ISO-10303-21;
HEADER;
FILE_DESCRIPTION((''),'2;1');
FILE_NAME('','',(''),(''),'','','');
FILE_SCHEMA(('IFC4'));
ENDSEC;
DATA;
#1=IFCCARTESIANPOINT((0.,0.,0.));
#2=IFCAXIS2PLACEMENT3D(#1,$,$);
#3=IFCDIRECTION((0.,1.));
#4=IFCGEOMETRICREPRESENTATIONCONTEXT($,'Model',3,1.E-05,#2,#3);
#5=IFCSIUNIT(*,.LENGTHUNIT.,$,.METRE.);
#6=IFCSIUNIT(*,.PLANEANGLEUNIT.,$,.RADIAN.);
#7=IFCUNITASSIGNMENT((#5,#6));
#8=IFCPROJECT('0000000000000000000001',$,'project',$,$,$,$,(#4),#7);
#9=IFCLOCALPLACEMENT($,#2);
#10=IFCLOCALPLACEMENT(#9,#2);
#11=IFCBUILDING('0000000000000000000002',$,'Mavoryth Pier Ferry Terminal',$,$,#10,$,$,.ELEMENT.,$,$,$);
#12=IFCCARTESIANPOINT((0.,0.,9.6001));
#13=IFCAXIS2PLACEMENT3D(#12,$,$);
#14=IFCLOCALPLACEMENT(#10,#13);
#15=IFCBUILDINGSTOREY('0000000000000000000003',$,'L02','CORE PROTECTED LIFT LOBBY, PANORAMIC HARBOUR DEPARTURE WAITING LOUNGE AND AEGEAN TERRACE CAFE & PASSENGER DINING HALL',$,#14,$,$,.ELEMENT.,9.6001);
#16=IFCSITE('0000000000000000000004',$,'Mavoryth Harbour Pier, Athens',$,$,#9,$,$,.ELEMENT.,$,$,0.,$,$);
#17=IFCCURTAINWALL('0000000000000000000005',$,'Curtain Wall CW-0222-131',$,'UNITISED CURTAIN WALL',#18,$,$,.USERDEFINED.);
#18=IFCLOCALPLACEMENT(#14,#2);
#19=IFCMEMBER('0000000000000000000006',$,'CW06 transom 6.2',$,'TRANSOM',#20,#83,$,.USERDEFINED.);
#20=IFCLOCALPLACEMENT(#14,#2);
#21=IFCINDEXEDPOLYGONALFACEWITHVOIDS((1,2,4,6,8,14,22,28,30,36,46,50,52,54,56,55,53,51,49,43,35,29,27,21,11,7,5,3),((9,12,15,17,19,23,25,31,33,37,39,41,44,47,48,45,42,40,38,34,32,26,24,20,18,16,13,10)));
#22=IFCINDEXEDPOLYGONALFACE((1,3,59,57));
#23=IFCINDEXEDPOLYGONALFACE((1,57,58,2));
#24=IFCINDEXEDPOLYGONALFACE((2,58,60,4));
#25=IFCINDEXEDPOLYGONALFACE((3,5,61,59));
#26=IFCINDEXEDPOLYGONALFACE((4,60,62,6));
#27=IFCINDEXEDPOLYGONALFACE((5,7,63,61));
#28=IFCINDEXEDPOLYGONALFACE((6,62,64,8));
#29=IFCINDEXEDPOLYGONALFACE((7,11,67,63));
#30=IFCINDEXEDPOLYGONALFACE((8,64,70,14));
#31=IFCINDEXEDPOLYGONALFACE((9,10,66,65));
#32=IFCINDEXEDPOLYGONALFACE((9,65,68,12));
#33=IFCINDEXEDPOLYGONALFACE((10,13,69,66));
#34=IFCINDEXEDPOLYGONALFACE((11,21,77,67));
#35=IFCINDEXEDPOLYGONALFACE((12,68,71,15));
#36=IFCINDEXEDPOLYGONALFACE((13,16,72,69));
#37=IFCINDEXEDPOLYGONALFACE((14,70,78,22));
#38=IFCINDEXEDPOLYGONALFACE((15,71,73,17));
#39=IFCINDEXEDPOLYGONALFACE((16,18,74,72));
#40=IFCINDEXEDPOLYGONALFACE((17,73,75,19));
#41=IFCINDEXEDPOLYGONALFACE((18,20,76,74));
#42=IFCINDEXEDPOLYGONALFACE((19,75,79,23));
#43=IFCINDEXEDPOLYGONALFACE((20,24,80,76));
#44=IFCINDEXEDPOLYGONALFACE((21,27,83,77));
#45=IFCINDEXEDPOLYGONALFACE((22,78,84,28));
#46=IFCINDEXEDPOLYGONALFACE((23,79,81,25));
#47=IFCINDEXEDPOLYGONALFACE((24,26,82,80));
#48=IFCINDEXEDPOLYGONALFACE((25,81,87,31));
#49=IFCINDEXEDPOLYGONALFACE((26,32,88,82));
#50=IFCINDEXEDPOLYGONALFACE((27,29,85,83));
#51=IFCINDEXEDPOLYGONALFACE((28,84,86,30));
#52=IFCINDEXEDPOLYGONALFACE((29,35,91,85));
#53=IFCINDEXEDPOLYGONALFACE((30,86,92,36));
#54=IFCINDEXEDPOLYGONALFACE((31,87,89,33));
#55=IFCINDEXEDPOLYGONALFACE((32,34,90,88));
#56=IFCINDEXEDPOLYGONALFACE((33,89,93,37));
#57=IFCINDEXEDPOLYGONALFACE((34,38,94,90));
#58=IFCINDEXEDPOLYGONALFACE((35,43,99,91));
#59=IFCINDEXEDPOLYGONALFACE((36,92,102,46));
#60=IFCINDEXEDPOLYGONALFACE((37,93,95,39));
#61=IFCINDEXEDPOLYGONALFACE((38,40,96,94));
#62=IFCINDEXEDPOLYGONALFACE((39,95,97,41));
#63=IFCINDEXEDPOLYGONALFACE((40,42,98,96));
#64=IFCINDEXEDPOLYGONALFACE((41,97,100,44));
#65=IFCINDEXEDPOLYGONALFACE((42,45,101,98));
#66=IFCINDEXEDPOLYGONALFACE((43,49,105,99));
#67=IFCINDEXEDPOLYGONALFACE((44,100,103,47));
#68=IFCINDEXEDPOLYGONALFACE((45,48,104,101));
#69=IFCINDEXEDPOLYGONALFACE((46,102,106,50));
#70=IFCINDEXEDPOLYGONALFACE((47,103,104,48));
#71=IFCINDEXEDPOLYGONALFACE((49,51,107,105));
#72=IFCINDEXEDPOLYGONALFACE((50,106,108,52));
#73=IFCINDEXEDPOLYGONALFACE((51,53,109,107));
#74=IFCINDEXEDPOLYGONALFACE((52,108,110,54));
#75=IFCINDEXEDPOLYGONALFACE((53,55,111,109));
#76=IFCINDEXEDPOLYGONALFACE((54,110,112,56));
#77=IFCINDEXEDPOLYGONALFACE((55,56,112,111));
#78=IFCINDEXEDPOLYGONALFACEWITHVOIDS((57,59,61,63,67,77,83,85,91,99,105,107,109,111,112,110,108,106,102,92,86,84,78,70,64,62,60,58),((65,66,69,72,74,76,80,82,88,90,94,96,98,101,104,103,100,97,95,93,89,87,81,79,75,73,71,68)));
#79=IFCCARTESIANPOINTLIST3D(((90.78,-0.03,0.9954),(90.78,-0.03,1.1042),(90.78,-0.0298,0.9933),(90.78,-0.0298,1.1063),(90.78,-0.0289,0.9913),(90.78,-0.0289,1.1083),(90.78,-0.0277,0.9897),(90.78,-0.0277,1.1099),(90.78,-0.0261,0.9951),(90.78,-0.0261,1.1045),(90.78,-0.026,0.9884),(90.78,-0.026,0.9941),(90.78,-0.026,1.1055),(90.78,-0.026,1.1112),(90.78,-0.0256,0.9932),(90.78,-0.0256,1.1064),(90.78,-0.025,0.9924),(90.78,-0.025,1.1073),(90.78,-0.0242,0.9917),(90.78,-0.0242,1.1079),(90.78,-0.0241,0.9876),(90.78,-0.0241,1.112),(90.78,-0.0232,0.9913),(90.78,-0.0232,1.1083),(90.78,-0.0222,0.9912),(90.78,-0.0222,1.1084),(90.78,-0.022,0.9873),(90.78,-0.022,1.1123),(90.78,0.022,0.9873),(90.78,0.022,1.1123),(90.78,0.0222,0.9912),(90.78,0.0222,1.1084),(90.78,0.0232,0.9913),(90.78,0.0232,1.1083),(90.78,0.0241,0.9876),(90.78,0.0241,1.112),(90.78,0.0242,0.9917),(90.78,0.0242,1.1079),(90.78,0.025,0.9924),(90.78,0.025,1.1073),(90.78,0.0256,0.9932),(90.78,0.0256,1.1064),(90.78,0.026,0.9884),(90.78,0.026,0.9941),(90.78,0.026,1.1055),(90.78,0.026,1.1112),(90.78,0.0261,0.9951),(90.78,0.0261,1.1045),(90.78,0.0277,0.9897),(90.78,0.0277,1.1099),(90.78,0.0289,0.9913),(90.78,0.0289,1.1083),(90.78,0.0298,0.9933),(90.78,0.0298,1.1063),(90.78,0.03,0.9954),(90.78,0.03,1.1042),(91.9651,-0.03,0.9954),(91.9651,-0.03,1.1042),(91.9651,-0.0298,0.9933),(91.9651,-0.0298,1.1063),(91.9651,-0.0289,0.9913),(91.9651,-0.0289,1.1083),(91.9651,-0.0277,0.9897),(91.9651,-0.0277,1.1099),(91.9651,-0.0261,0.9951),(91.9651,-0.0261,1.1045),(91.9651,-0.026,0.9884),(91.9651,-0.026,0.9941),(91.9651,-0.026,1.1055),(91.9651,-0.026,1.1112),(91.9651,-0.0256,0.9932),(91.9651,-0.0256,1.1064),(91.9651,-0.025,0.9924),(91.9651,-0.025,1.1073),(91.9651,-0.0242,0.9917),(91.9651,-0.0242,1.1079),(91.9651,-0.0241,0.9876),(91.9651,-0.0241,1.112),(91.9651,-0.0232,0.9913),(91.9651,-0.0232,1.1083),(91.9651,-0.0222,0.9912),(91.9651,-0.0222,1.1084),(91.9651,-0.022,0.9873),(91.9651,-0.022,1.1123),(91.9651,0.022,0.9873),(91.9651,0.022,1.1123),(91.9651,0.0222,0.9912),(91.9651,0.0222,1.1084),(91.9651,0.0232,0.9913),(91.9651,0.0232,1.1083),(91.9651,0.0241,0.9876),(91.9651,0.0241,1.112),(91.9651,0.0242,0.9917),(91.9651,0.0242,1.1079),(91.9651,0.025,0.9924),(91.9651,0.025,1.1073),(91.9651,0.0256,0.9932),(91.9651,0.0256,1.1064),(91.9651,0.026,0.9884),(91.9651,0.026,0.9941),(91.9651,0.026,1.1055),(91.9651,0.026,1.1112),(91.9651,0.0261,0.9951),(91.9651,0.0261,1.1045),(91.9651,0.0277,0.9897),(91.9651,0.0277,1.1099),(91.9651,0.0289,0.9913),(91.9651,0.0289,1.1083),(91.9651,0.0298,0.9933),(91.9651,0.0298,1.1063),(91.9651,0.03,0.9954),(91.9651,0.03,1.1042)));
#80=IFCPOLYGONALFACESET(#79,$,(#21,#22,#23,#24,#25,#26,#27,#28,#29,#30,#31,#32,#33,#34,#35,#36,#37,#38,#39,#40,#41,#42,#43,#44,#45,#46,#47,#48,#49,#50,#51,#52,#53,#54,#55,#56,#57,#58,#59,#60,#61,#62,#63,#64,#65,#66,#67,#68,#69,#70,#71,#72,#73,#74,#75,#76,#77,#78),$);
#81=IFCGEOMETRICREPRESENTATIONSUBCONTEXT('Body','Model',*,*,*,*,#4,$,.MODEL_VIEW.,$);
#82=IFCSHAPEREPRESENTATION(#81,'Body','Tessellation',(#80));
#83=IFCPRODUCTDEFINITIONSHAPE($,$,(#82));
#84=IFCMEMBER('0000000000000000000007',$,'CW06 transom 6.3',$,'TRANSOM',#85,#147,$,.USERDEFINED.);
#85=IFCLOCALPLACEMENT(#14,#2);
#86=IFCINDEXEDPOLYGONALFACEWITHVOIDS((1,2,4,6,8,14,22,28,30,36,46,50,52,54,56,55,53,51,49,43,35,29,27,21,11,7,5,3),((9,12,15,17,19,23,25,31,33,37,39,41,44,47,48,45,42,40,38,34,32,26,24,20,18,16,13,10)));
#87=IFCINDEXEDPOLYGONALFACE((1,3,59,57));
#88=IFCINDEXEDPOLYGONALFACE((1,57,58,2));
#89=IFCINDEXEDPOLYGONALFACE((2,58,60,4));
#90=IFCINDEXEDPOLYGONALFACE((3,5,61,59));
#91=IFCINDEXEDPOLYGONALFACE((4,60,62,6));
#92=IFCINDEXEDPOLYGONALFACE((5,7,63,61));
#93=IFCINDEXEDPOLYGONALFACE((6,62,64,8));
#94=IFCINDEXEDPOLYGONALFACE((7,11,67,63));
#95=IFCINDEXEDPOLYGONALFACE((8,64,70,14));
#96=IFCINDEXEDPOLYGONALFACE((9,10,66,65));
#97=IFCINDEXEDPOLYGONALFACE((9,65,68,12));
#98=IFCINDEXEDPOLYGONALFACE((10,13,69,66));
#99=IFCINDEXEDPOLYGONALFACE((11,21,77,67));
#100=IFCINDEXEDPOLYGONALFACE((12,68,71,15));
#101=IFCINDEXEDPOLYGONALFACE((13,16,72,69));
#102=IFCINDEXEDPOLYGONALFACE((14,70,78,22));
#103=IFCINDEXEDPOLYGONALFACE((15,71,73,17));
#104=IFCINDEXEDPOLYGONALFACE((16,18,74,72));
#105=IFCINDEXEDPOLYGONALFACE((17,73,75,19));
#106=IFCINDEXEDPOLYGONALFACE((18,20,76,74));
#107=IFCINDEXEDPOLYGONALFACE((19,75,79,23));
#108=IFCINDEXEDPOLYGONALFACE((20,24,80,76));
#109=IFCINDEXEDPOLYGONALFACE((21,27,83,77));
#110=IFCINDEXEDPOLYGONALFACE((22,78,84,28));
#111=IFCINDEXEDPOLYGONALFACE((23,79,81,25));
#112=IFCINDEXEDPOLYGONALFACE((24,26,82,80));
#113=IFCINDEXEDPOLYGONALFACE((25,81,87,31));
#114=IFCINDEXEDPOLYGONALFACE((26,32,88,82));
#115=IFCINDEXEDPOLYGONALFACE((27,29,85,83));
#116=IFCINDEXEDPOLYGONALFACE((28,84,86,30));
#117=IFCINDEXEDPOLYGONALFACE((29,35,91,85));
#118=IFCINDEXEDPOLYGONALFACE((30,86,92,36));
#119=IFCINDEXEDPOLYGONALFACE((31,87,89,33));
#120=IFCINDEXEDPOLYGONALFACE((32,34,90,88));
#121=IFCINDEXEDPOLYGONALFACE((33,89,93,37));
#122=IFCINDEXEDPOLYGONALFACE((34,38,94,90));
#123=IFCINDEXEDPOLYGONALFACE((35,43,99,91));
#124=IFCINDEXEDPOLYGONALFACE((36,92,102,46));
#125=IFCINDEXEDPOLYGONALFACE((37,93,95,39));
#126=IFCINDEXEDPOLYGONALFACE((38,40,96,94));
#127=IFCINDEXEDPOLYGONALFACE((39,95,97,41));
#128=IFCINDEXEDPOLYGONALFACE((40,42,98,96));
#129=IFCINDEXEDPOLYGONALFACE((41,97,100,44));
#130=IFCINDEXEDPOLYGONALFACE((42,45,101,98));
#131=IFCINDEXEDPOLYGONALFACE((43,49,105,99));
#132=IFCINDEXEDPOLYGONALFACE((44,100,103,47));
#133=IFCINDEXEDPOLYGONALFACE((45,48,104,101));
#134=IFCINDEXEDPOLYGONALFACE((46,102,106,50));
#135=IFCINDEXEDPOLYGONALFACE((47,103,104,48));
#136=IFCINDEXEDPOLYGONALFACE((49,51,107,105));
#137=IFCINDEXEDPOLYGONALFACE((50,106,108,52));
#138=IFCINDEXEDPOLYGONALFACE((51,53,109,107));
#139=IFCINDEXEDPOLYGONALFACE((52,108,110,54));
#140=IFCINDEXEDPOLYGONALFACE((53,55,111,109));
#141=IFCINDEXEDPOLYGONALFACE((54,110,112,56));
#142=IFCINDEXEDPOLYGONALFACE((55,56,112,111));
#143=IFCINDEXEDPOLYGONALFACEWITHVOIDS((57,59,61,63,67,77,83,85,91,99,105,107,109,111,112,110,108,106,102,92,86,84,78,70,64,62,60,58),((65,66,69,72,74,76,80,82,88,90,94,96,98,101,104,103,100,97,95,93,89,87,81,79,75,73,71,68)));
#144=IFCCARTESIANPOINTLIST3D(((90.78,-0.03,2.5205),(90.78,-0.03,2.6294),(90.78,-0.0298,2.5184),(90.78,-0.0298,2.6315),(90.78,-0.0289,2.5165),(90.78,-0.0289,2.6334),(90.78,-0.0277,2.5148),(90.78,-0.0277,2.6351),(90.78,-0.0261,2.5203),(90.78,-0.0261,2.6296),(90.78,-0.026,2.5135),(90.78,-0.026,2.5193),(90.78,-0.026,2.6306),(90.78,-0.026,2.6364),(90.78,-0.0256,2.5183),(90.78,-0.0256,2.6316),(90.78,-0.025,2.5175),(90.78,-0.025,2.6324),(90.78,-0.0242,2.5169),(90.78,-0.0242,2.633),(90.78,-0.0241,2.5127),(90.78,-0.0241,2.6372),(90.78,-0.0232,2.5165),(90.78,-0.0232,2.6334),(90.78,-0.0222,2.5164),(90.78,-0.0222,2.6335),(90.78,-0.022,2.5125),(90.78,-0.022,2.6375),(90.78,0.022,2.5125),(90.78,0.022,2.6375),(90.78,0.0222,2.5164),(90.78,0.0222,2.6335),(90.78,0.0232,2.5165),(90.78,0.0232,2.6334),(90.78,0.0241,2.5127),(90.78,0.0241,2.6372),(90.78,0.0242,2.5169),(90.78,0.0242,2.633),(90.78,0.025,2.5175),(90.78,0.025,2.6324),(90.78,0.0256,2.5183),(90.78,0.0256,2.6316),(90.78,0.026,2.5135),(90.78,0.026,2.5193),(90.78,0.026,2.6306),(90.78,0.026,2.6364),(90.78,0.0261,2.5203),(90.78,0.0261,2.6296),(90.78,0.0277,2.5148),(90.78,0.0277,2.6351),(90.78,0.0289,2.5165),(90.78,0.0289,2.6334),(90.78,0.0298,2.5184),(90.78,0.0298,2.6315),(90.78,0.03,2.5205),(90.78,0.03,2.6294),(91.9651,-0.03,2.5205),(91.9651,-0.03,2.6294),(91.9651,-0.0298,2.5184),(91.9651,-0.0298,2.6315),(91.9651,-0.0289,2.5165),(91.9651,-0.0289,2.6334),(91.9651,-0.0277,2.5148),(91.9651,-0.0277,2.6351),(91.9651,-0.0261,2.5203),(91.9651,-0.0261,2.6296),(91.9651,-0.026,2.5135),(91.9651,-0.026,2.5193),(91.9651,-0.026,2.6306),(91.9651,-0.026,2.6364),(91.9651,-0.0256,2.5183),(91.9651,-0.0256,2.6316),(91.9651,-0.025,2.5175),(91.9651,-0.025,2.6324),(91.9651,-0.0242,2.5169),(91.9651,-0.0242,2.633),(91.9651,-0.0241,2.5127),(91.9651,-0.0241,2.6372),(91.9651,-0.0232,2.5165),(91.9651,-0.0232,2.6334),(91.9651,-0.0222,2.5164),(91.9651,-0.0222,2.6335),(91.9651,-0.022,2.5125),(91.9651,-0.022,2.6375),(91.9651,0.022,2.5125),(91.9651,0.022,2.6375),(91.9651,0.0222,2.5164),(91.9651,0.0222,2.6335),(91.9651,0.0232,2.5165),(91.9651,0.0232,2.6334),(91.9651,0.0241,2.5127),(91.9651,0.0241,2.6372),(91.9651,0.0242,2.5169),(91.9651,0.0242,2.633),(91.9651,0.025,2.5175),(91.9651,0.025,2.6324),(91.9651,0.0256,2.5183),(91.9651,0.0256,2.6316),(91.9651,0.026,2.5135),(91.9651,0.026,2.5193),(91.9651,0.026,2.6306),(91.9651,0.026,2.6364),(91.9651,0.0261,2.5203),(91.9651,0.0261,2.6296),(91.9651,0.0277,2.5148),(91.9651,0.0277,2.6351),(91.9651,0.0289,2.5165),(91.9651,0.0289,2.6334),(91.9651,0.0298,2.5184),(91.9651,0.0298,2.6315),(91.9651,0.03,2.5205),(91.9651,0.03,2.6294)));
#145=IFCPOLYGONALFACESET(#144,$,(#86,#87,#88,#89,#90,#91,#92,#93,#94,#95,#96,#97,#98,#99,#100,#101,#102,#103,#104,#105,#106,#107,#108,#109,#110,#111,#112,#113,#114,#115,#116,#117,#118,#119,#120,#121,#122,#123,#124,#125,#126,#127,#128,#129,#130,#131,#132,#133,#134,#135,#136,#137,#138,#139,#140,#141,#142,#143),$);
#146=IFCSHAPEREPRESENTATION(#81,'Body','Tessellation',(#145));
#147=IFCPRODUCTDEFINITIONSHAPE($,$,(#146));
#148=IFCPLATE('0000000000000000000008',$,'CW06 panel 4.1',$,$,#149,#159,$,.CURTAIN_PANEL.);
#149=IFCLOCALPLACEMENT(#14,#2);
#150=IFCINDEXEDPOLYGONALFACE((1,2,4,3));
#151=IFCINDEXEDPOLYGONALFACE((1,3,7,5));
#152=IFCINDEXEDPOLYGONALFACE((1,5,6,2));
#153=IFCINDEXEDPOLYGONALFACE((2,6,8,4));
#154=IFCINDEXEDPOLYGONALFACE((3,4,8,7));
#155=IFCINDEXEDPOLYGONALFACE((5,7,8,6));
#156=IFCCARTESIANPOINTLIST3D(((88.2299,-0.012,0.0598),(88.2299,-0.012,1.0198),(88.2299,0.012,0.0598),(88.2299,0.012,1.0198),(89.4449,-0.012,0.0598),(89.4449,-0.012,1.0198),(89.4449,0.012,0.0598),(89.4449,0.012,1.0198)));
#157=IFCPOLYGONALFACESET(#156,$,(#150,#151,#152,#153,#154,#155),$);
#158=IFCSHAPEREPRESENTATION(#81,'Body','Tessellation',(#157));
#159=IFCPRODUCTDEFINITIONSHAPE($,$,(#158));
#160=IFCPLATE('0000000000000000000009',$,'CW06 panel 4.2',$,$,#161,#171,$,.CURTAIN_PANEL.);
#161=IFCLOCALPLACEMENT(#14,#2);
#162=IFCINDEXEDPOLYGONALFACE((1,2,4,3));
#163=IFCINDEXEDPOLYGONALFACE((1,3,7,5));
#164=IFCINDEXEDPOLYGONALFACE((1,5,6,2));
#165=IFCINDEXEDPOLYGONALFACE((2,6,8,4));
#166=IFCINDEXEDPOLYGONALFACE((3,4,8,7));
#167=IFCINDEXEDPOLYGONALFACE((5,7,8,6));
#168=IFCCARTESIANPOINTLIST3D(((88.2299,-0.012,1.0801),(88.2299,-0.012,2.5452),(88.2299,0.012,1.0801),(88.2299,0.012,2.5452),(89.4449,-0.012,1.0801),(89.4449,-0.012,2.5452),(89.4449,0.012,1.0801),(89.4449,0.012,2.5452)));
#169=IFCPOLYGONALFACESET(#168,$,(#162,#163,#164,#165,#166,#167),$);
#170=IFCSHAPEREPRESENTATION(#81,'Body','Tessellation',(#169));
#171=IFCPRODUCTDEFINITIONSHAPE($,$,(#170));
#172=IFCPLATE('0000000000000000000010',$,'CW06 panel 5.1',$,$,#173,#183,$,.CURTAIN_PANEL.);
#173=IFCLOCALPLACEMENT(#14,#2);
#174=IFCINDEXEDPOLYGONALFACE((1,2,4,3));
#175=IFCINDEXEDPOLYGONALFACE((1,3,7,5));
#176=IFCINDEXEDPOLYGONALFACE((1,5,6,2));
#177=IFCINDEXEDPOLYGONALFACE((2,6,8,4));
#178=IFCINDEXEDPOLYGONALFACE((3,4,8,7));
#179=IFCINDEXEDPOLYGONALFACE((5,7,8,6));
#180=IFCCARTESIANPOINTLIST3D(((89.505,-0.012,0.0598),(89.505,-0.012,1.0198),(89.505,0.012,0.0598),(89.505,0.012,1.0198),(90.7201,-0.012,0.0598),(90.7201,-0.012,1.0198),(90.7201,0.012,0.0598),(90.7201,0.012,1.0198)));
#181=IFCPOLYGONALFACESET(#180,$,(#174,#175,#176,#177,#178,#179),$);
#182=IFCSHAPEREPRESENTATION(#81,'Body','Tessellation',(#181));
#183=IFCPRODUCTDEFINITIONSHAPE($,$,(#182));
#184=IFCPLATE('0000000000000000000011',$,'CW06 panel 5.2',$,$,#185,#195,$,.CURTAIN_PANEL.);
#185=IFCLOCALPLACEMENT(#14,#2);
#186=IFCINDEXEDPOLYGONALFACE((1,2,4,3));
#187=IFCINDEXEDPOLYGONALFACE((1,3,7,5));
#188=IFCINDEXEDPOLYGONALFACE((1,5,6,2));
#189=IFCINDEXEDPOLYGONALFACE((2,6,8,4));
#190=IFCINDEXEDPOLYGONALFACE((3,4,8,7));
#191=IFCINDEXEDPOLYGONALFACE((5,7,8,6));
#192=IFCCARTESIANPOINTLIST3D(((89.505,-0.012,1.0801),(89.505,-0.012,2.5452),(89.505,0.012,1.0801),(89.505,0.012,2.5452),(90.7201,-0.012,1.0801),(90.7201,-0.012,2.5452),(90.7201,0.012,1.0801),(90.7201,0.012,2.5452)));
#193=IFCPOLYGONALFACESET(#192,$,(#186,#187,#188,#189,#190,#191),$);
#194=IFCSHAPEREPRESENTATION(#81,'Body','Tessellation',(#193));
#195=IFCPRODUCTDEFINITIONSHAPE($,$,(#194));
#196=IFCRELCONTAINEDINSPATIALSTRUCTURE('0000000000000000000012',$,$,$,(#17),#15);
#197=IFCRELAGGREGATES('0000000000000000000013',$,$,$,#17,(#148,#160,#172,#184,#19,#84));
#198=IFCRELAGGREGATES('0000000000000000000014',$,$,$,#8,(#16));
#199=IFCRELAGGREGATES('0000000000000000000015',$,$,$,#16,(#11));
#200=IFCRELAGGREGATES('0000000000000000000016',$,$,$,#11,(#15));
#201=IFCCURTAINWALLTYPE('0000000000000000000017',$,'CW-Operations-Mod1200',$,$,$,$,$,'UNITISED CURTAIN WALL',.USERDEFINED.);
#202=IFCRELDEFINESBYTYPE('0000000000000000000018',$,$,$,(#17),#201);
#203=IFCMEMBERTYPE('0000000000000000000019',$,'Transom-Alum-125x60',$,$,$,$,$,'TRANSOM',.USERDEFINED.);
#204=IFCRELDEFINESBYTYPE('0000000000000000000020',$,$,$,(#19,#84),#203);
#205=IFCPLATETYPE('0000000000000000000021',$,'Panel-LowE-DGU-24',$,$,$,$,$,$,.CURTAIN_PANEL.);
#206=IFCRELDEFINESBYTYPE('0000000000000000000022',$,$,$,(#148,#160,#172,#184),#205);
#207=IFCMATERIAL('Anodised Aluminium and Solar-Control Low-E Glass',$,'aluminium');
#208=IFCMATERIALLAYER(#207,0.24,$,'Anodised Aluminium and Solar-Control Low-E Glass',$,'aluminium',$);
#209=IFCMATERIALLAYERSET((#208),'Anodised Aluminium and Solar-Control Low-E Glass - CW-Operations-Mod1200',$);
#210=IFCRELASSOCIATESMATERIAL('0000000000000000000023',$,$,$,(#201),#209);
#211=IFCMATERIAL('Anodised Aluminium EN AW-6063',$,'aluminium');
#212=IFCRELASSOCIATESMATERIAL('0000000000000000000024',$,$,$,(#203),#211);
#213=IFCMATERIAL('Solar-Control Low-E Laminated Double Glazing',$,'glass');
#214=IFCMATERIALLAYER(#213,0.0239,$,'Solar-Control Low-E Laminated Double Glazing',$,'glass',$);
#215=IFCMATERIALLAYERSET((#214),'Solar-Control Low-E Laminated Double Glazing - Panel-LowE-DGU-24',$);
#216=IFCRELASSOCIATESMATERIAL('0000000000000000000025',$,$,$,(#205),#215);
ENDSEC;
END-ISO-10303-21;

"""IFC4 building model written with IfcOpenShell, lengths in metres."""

from ifc_helpers import new_model, si_unit, direction, frame, origin, origin_2d, place, context, subcontext, project, spatial, rectangle, hollow_rectangle, extrude, material, layer, layer_set, material_profile, profile_set, type_object, element, aggregate, save


model = new_model("IFC4")

# Units and contexts
model_context = context("Model", 3, precision=1e-05, world=origin(), true_north=direction((0.0, 1.0)))
body_context = subcontext(model_context, "Body", "Model", "MODEL_VIEW")
ifc_project = project(units=[si_unit("LENGTHUNIT", "METRE"), si_unit("PLANEANGLEUNIT", "RADIAN")], contexts=[model_context])

# Site, building, storey
site_placement = place(None, origin())
site = spatial("IfcSite", under=ifc_project, at=site_placement, Name="Mavoryth Harbour Pier, Athens", CompositionType="ELEMENT", RefElevation=0.0)
building_placement = place(site_placement, origin())
building = spatial("IfcBuilding", under=site, at=building_placement, Name="Mavoryth Pier Ferry Terminal", CompositionType="ELEMENT")
storey_placement = place(building_placement, frame((0.0, 0.0, 9.6001)))
storey = spatial("IfcBuildingStorey", under=building, at=storey_placement, Name="L02", Description="CORE PROTECTED LIFT LOBBY, PANORAMIC HARBOUR DEPARTURE WAITING LOUNGE AND AEGEAN TERRACE CAFE & PASSENGER DINING HALL", CompositionType="ELEMENT", Elevation=9.6001)

# Curtain wall, members, plates
ifc_material_1 = material(Name="Anodised Aluminium and Solar-Control Low-E Glass", Category="aluminium")
ifc_layer_1 = layer(ifc_material_1, 0.24, Name="Anodised Aluminium and Solar-Control Low-E Glass", Category="aluminium")
ifc_layer_set_1 = layer_set([ifc_layer_1], Name="Anodised Aluminium and Solar-Control Low-E Glass - CW-Operations-Mod1200")
curtain_wall_type = type_object("IfcCurtainWallType", Name="CW-Operations-Mod1200", ElementType="UNITISED CURTAIN WALL", PredefinedType="USERDEFINED", material=ifc_layer_set_1)
curtain_wall_placement = place(storey_placement, origin())
curtain_wall = element("IfcCurtainWall", 1, at=curtain_wall_placement, inside=storey, type_object=curtain_wall_type, Name="Curtain Wall CW-0222-131", ObjectType="UNITISED CURTAIN WALL", PredefinedType="USERDEFINED")
ifc_material_2 = material(Name="Anodised Aluminium EN AW-6063", Category="aluminium")
ifc_material_profile_1 = material_profile(ifc_material_2, hollow_rectangle(XDim=0.0601, YDim=0.125, WallThickness=0.0039, InnerFilletRadius=0.0039, OuterFilletRadius=0.0081, at=origin_2d()), Name="AL-TRAN 125x60x4", Category="aluminium")
ifc_profile_set_1 = profile_set([ifc_material_profile_1], Name="Anodised Aluminium EN AW-6063 - AL-TRAN 125x60x4")
member_type_1 = type_object("IfcMemberType", Name="Transom-Alum-125x60", ElementType="TRANSOM", PredefinedType="USERDEFINED", material=ifc_profile_set_1)
member_1_placement = place(storey_placement, frame((90.78, 0.0, 1.0498), z_axis=(1.0, 0.0, 0.0), x_axis=(0.0, 1.0, 0.0)))
member_1 = element("IfcMember", 2, at=member_1_placement, type_object=member_type_1, Name="CW06 transom 6.2", ObjectType="TRANSOM", PredefinedType="USERDEFINED", context=body_context, shape_type="SweptSolid", body=[
    extrude(hollow_rectangle(XDim=0.0601, YDim=0.125, WallThickness=0.0039, InnerFilletRadius=0.0039, OuterFilletRadius=0.0081, at=origin_2d()), origin(), (0.0, 0.0, 1.0), 1.1851),
])
member_2_placement = place(storey_placement, frame((90.78, 0.0, 2.575), z_axis=(1.0, 0.0, 0.0), x_axis=(0.0, 1.0, 0.0)))
member_2 = element("IfcMember", 3, at=member_2_placement, type_object=member_type_1, Name="CW06 transom 6.3", ObjectType="TRANSOM", PredefinedType="USERDEFINED", context=body_context, shape_type="SweptSolid", body=[
    extrude(hollow_rectangle(XDim=0.0601, YDim=0.125, WallThickness=0.0039, InnerFilletRadius=0.0039, OuterFilletRadius=0.0081, at=origin_2d()), origin(), (0.0, 0.0, 1.0), 1.1851),
])
ifc_material_3 = material(Name="Solar-Control Low-E Laminated Double Glazing", Category="glass")
ifc_layer_2 = layer(ifc_material_3, 0.0239, Name="Solar-Control Low-E Laminated Double Glazing", Category="glass")
ifc_layer_set_2 = layer_set([ifc_layer_2], Name="Solar-Control Low-E Laminated Double Glazing - Panel-LowE-DGU-24")
plate_type = type_object("IfcPlateType", Name="Panel-LowE-DGU-24", PredefinedType="CURTAIN_PANEL", material=ifc_layer_set_2)
plate_1_placement = place(storey_placement, frame((88.8374, 0.0, 0.0598), z_axis=(0.0, 0.0, 1.0), x_axis=(1.0, 0.0, 0.0)))
plate_1 = element("IfcPlate", 4, at=plate_1_placement, type_object=plate_type, Name="CW06 panel 4.1", PredefinedType="CURTAIN_PANEL", context=body_context, shape_type="SweptSolid", body=[
    extrude(rectangle(XDim=1.2151, YDim=0.0239, at=origin_2d()), origin(), (0.0, 0.0, 1.0), 0.96),
])
plate_2_placement = place(storey_placement, frame((88.8374, 0.0, 1.0801), z_axis=(0.0, 0.0, 1.0), x_axis=(1.0, 0.0, 0.0)))
plate_2 = element("IfcPlate", 5, at=plate_2_placement, type_object=plate_type, Name="CW06 panel 4.2", PredefinedType="CURTAIN_PANEL", context=body_context, shape_type="SweptSolid", body=[
    extrude(rectangle(XDim=1.2151, YDim=0.0239, at=origin_2d()), origin(), (0.0, 0.0, 1.0), 1.4651),
])
plate_3_placement = place(storey_placement, frame((90.1125, 0.0, 0.0598), z_axis=(0.0, 0.0, 1.0), x_axis=(1.0, 0.0, 0.0)))
plate_3 = element("IfcPlate", 6, at=plate_3_placement, type_object=plate_type, Name="CW06 panel 5.1", PredefinedType="CURTAIN_PANEL", context=body_context, shape_type="SweptSolid", body=[
    extrude(rectangle(XDim=1.2151, YDim=0.0239, at=origin_2d()), origin(), (0.0, 0.0, 1.0), 0.96),
])
plate_4_placement = place(storey_placement, frame((90.1125, 0.0, 1.0801), z_axis=(0.0, 0.0, 1.0), x_axis=(1.0, 0.0, 0.0)))
plate_4 = element("IfcPlate", 7, at=plate_4_placement, type_object=plate_type, Name="CW06 panel 5.2", PredefinedType="CURTAIN_PANEL", context=body_context, shape_type="SweptSolid", body=[
    extrude(rectangle(XDim=1.2151, YDim=0.0239, at=origin_2d()), origin(), (0.0, 0.0, 1.0), 1.4651),
])
aggregate(curtain_wall, [plate_1, plate_2, plate_3, plate_4, member_1, member_2])

save(model, "model.ifc")
